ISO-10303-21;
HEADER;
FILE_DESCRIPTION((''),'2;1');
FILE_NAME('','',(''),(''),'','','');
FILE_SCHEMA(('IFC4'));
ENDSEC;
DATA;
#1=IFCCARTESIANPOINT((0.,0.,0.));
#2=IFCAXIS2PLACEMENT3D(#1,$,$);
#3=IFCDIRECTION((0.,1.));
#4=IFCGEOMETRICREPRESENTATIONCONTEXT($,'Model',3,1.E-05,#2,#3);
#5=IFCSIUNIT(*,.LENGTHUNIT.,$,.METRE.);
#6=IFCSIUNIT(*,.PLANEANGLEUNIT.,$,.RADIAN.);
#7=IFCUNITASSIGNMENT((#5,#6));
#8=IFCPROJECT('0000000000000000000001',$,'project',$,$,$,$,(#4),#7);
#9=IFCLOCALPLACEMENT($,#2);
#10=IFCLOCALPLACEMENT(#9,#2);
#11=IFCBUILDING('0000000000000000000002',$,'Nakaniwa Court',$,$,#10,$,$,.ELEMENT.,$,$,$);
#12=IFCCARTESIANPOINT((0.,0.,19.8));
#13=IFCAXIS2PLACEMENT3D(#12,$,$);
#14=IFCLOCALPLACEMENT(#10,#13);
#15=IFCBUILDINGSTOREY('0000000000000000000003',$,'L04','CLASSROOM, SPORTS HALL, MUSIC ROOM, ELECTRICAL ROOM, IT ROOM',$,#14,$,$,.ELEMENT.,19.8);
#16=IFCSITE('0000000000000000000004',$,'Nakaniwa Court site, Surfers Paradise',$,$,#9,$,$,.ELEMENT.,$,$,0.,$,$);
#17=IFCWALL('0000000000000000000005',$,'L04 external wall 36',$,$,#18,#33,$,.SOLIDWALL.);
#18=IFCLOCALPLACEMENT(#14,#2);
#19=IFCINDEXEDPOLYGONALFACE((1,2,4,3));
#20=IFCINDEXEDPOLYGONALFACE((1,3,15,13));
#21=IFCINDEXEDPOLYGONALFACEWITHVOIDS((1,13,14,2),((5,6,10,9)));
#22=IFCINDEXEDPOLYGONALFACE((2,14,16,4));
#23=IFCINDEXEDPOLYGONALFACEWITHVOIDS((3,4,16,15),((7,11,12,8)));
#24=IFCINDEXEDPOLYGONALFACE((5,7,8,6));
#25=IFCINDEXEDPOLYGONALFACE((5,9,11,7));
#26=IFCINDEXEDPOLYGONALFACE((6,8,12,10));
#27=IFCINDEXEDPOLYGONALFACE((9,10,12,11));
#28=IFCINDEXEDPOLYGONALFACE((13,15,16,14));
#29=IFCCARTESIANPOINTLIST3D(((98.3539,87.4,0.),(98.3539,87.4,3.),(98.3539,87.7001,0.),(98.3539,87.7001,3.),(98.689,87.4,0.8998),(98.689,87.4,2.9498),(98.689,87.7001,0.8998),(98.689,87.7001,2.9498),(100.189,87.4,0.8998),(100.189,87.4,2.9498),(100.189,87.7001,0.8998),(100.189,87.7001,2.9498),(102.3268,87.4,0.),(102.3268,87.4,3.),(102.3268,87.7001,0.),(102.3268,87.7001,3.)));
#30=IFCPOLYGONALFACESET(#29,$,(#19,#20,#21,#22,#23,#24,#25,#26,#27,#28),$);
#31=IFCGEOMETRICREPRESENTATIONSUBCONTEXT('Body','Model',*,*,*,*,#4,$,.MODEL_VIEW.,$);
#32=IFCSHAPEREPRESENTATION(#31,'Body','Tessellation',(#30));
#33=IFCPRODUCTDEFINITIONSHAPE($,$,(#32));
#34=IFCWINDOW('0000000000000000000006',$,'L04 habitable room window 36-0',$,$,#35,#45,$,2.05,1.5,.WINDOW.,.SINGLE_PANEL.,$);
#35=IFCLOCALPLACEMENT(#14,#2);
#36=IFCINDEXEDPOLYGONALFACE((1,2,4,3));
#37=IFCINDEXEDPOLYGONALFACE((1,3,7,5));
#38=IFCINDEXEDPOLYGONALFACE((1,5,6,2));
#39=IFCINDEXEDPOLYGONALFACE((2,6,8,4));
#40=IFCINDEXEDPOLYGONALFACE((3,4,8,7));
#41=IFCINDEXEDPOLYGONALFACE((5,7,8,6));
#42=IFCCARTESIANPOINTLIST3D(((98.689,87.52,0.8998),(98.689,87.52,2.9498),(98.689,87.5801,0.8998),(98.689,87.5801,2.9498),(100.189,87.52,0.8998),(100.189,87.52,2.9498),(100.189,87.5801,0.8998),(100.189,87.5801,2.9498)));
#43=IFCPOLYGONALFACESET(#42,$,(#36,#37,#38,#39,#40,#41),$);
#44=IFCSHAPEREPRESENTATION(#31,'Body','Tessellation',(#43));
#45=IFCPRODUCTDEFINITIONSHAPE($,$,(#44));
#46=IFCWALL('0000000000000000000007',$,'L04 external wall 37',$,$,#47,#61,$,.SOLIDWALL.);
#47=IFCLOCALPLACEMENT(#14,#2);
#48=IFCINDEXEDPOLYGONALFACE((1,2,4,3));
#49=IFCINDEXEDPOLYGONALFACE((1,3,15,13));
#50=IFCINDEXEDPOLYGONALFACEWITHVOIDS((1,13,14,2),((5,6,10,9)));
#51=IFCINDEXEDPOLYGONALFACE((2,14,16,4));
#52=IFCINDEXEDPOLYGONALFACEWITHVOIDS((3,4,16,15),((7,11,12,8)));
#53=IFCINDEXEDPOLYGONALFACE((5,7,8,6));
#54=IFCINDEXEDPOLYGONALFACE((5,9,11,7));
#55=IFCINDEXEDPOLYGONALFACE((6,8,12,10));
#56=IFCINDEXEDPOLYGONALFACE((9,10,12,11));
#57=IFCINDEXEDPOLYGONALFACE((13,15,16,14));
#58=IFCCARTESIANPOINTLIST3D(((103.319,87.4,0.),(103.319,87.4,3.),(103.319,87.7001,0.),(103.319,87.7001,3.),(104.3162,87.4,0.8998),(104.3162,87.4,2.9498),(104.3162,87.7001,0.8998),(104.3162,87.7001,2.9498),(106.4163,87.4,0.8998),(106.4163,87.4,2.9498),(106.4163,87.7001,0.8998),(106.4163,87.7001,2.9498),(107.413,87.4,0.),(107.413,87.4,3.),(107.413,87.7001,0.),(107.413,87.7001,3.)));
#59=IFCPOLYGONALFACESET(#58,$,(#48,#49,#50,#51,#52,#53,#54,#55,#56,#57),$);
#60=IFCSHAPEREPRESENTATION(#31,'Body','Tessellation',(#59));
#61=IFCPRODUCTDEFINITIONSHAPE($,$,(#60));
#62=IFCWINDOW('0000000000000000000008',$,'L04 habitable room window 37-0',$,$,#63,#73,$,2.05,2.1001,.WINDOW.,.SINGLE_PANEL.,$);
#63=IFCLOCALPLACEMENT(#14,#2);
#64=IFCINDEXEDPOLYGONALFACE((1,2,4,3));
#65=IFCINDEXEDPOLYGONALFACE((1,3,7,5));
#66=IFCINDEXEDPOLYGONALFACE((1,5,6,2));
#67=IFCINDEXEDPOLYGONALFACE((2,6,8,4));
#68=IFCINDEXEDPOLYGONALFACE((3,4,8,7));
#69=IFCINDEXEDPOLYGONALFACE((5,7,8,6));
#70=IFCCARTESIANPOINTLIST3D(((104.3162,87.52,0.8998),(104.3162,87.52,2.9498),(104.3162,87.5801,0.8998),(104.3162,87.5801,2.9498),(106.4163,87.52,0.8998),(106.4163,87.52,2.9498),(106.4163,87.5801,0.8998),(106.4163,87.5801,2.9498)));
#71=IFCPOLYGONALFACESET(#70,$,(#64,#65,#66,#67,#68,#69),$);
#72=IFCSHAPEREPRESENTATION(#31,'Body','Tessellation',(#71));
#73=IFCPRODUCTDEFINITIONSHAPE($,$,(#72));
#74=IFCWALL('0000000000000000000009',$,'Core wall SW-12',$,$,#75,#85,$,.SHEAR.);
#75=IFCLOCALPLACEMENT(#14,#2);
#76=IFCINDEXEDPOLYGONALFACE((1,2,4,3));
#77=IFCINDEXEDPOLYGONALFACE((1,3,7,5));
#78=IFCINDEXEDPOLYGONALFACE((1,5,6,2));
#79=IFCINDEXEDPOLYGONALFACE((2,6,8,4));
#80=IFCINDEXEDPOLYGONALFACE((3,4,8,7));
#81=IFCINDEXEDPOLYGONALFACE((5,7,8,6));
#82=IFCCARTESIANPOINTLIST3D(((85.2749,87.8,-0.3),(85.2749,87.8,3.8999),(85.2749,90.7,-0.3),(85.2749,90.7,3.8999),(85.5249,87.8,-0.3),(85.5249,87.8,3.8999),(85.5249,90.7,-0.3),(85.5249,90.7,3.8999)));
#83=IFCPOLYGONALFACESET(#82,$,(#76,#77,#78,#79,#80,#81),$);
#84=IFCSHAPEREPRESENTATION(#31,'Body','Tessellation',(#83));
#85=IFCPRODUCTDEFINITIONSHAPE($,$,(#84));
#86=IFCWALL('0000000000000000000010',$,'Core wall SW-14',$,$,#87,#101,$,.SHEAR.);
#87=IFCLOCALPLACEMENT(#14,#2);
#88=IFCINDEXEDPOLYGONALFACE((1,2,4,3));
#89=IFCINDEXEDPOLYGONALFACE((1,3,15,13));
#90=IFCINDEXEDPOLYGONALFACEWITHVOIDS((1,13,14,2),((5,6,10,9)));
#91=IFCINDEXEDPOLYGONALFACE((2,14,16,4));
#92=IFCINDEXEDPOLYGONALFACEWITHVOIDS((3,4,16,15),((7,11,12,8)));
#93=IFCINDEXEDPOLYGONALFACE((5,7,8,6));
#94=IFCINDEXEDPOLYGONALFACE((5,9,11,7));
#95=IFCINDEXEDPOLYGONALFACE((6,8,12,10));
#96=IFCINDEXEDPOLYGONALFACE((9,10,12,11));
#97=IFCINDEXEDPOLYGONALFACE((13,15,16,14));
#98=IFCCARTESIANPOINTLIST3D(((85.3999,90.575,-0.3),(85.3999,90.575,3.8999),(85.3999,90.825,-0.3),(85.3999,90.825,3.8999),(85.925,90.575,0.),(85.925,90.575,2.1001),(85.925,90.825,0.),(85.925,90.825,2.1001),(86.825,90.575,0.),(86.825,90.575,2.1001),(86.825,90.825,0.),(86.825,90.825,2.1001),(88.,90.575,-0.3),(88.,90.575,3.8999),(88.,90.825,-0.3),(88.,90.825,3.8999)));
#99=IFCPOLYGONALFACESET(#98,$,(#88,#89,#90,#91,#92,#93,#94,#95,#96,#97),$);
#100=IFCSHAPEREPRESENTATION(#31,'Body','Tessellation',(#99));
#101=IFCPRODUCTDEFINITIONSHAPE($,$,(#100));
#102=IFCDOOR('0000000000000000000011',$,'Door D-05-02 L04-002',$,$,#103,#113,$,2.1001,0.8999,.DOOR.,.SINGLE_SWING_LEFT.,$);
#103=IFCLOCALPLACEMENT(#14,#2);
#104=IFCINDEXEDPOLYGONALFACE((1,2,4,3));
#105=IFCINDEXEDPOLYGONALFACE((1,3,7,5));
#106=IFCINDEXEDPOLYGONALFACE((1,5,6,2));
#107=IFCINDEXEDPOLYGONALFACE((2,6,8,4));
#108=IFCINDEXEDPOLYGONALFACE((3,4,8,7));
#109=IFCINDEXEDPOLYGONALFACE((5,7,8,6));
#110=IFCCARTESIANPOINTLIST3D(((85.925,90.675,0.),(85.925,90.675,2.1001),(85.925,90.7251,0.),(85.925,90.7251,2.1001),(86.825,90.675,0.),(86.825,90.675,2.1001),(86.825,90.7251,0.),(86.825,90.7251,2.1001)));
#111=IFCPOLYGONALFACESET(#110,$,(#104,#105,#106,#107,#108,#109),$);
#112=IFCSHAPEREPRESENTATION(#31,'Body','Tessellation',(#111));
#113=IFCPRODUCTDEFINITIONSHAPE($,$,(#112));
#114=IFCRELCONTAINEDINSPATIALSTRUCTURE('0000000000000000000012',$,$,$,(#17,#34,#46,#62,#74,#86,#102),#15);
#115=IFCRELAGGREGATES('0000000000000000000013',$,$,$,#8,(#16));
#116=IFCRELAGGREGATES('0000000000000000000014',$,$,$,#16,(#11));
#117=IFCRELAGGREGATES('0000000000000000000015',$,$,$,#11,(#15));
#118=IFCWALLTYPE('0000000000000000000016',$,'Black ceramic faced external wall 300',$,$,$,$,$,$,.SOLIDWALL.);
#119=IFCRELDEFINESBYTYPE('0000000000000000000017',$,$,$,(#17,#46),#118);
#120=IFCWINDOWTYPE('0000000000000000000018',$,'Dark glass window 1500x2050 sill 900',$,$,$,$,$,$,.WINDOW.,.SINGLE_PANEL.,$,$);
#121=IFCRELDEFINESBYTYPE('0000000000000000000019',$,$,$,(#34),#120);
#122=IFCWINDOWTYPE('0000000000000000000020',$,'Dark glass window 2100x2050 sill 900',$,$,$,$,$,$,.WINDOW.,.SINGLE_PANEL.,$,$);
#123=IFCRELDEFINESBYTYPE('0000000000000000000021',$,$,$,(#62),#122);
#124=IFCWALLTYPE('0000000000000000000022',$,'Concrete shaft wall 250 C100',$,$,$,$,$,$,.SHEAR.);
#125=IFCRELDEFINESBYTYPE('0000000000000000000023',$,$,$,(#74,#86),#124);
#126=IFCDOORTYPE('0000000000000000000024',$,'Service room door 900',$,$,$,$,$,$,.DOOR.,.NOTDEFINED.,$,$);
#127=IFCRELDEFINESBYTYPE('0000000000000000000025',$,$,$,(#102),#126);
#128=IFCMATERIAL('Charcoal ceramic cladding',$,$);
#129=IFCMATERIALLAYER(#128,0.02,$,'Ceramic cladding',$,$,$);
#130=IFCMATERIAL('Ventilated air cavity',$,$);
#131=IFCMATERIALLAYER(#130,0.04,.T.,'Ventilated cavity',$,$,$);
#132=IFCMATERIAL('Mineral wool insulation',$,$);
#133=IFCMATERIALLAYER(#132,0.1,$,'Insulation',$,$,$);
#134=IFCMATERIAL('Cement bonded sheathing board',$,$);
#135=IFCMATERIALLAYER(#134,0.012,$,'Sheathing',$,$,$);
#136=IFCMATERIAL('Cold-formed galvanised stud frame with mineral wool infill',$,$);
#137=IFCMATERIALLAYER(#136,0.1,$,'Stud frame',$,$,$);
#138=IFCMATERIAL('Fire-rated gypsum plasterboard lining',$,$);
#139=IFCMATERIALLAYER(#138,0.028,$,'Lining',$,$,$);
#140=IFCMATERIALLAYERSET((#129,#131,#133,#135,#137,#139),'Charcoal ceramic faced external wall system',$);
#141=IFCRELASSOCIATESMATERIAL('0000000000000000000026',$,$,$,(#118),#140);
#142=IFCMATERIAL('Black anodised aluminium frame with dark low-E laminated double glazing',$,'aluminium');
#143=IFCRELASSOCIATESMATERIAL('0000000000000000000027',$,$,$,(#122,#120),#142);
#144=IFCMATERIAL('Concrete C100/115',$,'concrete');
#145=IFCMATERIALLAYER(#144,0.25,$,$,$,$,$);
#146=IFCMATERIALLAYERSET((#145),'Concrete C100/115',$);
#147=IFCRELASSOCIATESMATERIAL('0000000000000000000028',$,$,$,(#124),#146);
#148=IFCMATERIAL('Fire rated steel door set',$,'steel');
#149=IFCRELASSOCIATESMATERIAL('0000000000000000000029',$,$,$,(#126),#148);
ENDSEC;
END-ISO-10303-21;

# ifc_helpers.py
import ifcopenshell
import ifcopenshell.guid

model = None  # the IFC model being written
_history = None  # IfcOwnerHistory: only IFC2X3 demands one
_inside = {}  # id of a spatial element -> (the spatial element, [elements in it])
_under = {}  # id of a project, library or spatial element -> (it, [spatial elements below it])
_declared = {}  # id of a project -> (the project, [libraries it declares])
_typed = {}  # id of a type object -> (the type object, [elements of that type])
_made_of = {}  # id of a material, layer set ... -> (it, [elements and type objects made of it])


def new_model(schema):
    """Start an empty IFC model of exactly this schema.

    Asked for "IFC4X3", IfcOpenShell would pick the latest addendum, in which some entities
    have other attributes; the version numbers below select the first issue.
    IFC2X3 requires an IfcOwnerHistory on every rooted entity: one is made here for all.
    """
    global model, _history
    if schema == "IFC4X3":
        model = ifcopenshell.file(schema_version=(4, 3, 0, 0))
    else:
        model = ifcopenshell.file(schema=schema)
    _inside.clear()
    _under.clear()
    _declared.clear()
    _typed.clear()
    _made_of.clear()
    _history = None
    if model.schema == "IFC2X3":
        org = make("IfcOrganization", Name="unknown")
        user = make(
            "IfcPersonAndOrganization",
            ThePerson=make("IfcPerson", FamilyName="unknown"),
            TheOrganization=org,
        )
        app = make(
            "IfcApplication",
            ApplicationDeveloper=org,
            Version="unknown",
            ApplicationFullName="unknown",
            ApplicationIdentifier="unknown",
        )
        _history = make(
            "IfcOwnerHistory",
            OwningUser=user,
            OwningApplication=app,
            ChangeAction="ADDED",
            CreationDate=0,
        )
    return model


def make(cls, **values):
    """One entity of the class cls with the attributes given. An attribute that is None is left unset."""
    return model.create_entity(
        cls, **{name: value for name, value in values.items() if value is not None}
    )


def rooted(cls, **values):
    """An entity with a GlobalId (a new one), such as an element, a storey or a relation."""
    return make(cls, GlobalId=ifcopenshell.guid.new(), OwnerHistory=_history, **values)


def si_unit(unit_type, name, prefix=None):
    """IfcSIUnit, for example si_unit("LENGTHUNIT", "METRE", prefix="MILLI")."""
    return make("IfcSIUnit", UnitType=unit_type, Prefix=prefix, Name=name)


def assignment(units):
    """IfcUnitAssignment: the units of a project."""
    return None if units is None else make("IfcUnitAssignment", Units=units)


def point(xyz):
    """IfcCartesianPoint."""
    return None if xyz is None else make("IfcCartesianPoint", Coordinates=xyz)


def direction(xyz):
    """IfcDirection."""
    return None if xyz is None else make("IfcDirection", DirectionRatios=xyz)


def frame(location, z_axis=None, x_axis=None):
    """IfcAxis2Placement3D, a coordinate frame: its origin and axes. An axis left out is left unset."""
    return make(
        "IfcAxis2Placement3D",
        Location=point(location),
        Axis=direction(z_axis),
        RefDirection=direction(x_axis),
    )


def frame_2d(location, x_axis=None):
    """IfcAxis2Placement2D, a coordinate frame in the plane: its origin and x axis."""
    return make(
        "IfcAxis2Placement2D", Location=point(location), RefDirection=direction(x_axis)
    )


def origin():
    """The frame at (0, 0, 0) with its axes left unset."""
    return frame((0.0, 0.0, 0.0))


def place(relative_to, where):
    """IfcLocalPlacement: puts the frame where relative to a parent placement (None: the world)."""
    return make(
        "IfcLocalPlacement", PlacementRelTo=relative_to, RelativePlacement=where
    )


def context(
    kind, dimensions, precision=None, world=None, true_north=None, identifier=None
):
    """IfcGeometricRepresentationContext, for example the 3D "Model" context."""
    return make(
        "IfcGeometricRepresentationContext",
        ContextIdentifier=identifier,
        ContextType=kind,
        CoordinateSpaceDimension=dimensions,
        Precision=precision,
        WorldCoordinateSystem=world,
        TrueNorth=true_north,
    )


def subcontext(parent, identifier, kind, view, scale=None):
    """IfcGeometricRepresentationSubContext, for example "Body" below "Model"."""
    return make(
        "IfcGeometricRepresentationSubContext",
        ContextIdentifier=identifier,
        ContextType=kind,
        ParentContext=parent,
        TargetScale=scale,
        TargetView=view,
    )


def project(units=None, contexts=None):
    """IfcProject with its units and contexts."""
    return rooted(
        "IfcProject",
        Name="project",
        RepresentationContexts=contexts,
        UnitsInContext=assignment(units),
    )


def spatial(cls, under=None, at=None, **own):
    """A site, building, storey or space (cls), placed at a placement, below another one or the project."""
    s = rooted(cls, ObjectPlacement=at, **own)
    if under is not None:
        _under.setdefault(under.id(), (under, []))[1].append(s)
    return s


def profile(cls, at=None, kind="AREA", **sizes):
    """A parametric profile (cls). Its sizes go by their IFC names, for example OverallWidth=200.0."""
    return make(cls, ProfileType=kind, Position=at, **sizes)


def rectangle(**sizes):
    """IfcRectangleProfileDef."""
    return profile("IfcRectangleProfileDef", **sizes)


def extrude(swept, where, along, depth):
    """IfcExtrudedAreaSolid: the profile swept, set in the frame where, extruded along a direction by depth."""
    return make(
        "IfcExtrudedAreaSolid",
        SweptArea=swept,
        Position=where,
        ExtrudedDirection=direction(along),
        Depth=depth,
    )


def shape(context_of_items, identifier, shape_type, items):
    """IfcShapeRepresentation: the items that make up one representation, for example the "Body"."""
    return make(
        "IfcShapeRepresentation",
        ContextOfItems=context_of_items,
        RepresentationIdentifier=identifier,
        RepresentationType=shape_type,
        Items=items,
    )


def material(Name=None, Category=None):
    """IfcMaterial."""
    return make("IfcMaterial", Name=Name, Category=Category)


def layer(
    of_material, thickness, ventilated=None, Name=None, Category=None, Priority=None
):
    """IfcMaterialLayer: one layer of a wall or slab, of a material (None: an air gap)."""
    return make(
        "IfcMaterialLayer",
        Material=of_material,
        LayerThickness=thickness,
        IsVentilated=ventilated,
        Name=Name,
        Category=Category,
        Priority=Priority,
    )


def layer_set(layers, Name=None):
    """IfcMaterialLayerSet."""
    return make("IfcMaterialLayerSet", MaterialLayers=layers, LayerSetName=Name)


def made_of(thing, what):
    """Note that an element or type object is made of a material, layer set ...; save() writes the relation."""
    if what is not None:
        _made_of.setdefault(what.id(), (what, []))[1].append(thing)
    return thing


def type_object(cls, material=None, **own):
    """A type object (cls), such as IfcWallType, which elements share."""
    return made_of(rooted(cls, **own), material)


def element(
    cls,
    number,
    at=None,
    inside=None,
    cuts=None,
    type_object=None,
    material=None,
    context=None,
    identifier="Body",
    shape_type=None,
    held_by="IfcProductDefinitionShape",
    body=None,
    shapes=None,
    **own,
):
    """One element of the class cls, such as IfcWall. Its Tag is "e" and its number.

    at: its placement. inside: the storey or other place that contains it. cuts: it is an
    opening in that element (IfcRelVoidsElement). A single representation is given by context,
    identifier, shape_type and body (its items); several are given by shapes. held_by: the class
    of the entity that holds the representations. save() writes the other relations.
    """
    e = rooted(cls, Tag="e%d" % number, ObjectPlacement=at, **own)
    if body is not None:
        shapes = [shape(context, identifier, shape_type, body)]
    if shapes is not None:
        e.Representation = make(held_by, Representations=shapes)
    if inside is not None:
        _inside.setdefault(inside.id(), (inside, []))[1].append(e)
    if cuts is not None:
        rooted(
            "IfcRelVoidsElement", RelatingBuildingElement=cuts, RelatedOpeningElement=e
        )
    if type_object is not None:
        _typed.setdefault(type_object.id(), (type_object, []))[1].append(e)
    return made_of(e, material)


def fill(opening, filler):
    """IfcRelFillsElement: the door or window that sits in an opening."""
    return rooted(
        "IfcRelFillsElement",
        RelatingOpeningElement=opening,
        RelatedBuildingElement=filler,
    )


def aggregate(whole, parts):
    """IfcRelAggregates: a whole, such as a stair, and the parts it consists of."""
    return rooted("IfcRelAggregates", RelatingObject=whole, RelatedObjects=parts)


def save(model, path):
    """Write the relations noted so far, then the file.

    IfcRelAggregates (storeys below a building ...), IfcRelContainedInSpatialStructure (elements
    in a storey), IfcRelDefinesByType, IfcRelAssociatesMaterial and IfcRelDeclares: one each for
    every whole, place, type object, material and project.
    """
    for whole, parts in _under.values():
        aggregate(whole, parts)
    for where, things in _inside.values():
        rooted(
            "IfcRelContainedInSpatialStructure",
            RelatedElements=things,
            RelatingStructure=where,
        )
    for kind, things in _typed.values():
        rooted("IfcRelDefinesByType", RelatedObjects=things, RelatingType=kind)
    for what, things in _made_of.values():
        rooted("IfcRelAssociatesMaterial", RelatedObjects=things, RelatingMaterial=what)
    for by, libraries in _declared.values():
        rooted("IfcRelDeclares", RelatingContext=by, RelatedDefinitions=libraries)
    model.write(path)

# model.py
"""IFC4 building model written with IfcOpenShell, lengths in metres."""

from ifc_helpers import new_model, si_unit, direction, frame, frame_2d, origin, place, context, subcontext, project, spatial, rectangle, extrude, material, layer, layer_set, type_object, element, fill, save


model = new_model("IFC4")

# Units and contexts
model_context = context("Model", 3, precision=1e-05, world=origin(), true_north=direction((0.0, 1.0)))
body_context = subcontext(model_context, "Body", "Model", "MODEL_VIEW")
ifc_project = project(units=[si_unit("LENGTHUNIT", "METRE"), si_unit("PLANEANGLEUNIT", "RADIAN")], contexts=[model_context])

# Site, building, storey
site_placement = place(None, origin())
site = spatial("IfcSite", under=ifc_project, at=site_placement, Name="Nakaniwa Court site, Surfers Paradise", CompositionType="ELEMENT", RefElevation=0.0)
building_placement = place(site_placement, origin())
building = spatial("IfcBuilding", under=site, at=building_placement, Name="Nakaniwa Court", CompositionType="ELEMENT")
storey_placement = place(building_placement, frame((0.0, 0.0, 19.8)))
storey = spatial("IfcBuildingStorey", under=building, at=storey_placement, Name="L04", Description="CLASSROOM, SPORTS HALL, MUSIC ROOM, ELECTRICAL ROOM, IT ROOM", CompositionType="ELEMENT", Elevation=19.8)

# Shared definitions
ifc_material_1 = material(Name="Concrete C100/115", Category="concrete")

# Walls, openings, windows
ifc_material_2 = material(Name="Charcoal ceramic cladding")
ifc_layer_1 = layer(ifc_material_2, 0.02, Name="Ceramic cladding")
ifc_material_3 = material(Name="Ventilated air cavity")
ifc_layer_2 = layer(ifc_material_3, 0.04, ventilated=True, Name="Ventilated cavity")
ifc_material_4 = material(Name="Mineral wool insulation")
ifc_layer_3 = layer(ifc_material_4, 0.1, Name="Insulation")
ifc_material_5 = material(Name="Cement bonded sheathing board")
ifc_layer_4 = layer(ifc_material_5, 0.012, Name="Sheathing")
ifc_material_6 = material(Name="Cold-formed galvanised stud frame with mineral wool infill")
ifc_layer_5 = layer(ifc_material_6, 0.1, Name="Stud frame")
ifc_material_7 = material(Name="Fire-rated gypsum plasterboard lining")
ifc_layer_6 = layer(ifc_material_7, 0.028, Name="Lining")
ifc_layer_set_1 = layer_set([ifc_layer_1, ifc_layer_2, ifc_layer_3, ifc_layer_4, ifc_layer_5, ifc_layer_6], Name="Charcoal ceramic faced external wall system")
wall_type_1 = type_object("IfcWallType", Name="Black ceramic faced external wall 300", PredefinedType="SOLIDWALL", material=ifc_layer_set_1)
ifc_material_8 = material(Name="Black anodised aluminium frame with dark low-E laminated double glazing", Category="aluminium")
window_type_1 = type_object("IfcWindowType", Name="Dark glass window 2100x2050 sill 900", PartitioningType="SINGLE_PANEL", PredefinedType="WINDOW", material=ifc_material_8)
wall_1_placement = place(storey_placement, frame((98.354, 87.55, 0.0), z_axis=(0.0, 0.0, 1.0), x_axis=(1.0, 0.0, 0.0)))
wall_1 = element("IfcWall", 1, at=wall_1_placement, inside=storey, type_object=wall_type_1, Name="L04 external wall 36", PredefinedType="SOLIDWALL", context=body_context, shape_type="SweptSolid", body=[
    extrude(rectangle(XDim=3.9729, YDim=0.3, at=frame_2d((1.9863, 0.0))), origin(), (0.0, 0.0, 1.0), 3.0),
])
opening_1_placement = place(wall_1_placement, frame((0.335, 0.0, 0.8999)))
opening_1 = element("IfcOpeningElement", 2, at=opening_1_placement, cuts=wall_1, PredefinedType="OPENING", context=body_context, shape_type="SweptSolid", body=[
    extrude(rectangle(XDim=1.5, YDim=2.05, at=frame_2d((0.75, 1.0249))), frame((0.0, 0.1599, 0.0), z_axis=(0.0, -1.0, 0.0), x_axis=(1.0, 0.0, 0.0)), (0.0, 0.0, 1.0), 0.3201),
])
window_type_2 = type_object("IfcWindowType", Name="Dark glass window 1500x2050 sill 900", PartitioningType="SINGLE_PANEL", PredefinedType="WINDOW", material=ifc_material_8)
window_1_placement = place(opening_1_placement, origin())
window_1 = element("IfcWindow", 3, at=window_1_placement, inside=storey, type_object=window_type_2, Name="L04 habitable room window 36-0", OverallHeight=2.05, OverallWidth=1.5, PartitioningType="SINGLE_PANEL", PredefinedType="WINDOW", context=body_context, shape_type="SweptSolid", body=[
    extrude(rectangle(XDim=1.5, YDim=2.05, at=frame_2d((0.75, 1.0249))), frame((0.0, 0.03, 0.0), z_axis=(0.0, -1.0, 0.0), x_axis=(1.0, 0.0, 0.0)), (0.0, 0.0, 1.0), 0.0601),
])
fill(opening_1, window_1)
wall_2_placement = place(storey_placement, frame((103.3191, 87.55, 0.0), z_axis=(0.0, 0.0, 1.0), x_axis=(1.0, 0.0, 0.0)))
wall_2 = element("IfcWall", 4, at=wall_2_placement, inside=storey, type_object=wall_type_1, Name="L04 external wall 37", PredefinedType="SOLIDWALL", context=body_context, shape_type="SweptSolid", body=[
    extrude(rectangle(XDim=4.094, YDim=0.3, at=frame_2d((2.0469, 0.0))), origin(), (0.0, 0.0, 1.0), 3.0),
])
opening_2_placement = place(wall_2_placement, frame((0.9971, 0.0, 0.8999)))
opening_2 = element("IfcOpeningElement", 5, at=opening_2_placement, cuts=wall_2, PredefinedType="OPENING", context=body_context, shape_type="SweptSolid", body=[
    extrude(rectangle(XDim=2.1001, YDim=2.05, at=frame_2d((1.05, 1.0249))), frame((0.0, 0.1599, 0.0), z_axis=(0.0, -1.0, 0.0), x_axis=(1.0, 0.0, 0.0)), (0.0, 0.0, 1.0), 0.3201),
])
window_2_placement = place(opening_2_placement, origin())
window_2 = element("IfcWindow", 6, at=window_2_placement, inside=storey, type_object=window_type_1, Name="L04 habitable room window 37-0", OverallHeight=2.05, OverallWidth=2.1001, PartitioningType="SINGLE_PANEL", PredefinedType="WINDOW", context=body_context, shape_type="SweptSolid", body=[
    extrude(rectangle(XDim=2.1001, YDim=2.05, at=frame_2d((1.05, 1.0249))), frame((0.0, 0.03, 0.0), z_axis=(0.0, -1.0, 0.0), x_axis=(1.0, 0.0, 0.0)), (0.0, 0.0, 1.0), 0.0601),
])
fill(opening_2, window_2)

# Wall
ifc_layer_7 = layer(ifc_material_1, 0.25)
ifc_layer_set_2 = layer_set([ifc_layer_7], Name="Concrete C100/115")
wall_type_2 = type_object("IfcWallType", Name="Concrete shaft wall 250 C100", PredefinedType="SHEAR", material=ifc_layer_set_2)
wall_3_placement = place(storey_placement, frame((85.3999, 87.8, -0.3), z_axis=(0.0, 0.0, 1.0), x_axis=(0.0, 1.0, 0.0)))
element("IfcWall", 7, at=wall_3_placement, inside=storey, type_object=wall_type_2, Name="Core wall SW-12", PredefinedType="SHEAR", context=body_context, shape_type="SweptSolid", body=[
    extrude(rectangle(XDim=2.8999, YDim=0.25, at=frame_2d((1.45, 0.0))), origin(), (0.0, 0.0, 1.0), 4.2),
])

# Wall, opening, door
wall_4_placement = place(storey_placement, frame((88.0, 90.7, -0.3), z_axis=(0.0, 0.0, 1.0), x_axis=(-1.0, 0.0, 0.0)))
wall_4 = element("IfcWall", 8, at=wall_4_placement, inside=storey, type_object=wall_type_2, Name="Core wall SW-14", PredefinedType="SHEAR", context=body_context, shape_type="SweptSolid", body=[
    extrude(rectangle(XDim=2.6001, YDim=0.25, at=frame_2d((1.3, 0.0))), origin(), (0.0, 0.0, 1.0), 4.2),
])
opening_3_placement = place(wall_4_placement, frame((1.175, 0.0, 0.3)))
opening_3 = element("IfcOpeningElement", 9, at=opening_3_placement, cuts=wall_4, PredefinedType="OPENING", context=body_context, shape_type="SweptSolid", body=[
    extrude(rectangle(XDim=0.8999, YDim=2.1001, at=frame_2d((0.45, 1.05))), frame((0.0, 0.135, 0.0), z_axis=(0.0, -1.0, 0.0), x_axis=(1.0, 0.0, 0.0)), (0.0, 0.0, 1.0), 0.27),
])
ifc_material_9 = material(Name="Fire rated steel door set", Category="steel")
door_type_1 = type_object("IfcDoorType", Name="Service room door 900", OperationType="NOTDEFINED", PredefinedType="DOOR", material=ifc_material_9)
door_1_placement = place(opening_3_placement, origin())
door_1 = element("IfcDoor", 10, at=door_1_placement, inside=storey, type_object=door_type_1, Name="Door D-05-02 L04-002", OperationType="SINGLE_SWING_LEFT", OverallHeight=2.1001, OverallWidth=0.8999, PredefinedType="DOOR", context=body_context, shape_type="SweptSolid", body=[
    extrude(rectangle(XDim=0.8999, YDim=2.1001, at=frame_2d((0.45, 1.05))), frame((0.0, 0.0249, 0.0), z_axis=(0.0, -1.0, 0.0), x_axis=(1.0, 0.0, 0.0)), (0.0, 0.0, 1.0), 0.05),
])
fill(opening_3, door_1)

save(model, "model.ifc")
